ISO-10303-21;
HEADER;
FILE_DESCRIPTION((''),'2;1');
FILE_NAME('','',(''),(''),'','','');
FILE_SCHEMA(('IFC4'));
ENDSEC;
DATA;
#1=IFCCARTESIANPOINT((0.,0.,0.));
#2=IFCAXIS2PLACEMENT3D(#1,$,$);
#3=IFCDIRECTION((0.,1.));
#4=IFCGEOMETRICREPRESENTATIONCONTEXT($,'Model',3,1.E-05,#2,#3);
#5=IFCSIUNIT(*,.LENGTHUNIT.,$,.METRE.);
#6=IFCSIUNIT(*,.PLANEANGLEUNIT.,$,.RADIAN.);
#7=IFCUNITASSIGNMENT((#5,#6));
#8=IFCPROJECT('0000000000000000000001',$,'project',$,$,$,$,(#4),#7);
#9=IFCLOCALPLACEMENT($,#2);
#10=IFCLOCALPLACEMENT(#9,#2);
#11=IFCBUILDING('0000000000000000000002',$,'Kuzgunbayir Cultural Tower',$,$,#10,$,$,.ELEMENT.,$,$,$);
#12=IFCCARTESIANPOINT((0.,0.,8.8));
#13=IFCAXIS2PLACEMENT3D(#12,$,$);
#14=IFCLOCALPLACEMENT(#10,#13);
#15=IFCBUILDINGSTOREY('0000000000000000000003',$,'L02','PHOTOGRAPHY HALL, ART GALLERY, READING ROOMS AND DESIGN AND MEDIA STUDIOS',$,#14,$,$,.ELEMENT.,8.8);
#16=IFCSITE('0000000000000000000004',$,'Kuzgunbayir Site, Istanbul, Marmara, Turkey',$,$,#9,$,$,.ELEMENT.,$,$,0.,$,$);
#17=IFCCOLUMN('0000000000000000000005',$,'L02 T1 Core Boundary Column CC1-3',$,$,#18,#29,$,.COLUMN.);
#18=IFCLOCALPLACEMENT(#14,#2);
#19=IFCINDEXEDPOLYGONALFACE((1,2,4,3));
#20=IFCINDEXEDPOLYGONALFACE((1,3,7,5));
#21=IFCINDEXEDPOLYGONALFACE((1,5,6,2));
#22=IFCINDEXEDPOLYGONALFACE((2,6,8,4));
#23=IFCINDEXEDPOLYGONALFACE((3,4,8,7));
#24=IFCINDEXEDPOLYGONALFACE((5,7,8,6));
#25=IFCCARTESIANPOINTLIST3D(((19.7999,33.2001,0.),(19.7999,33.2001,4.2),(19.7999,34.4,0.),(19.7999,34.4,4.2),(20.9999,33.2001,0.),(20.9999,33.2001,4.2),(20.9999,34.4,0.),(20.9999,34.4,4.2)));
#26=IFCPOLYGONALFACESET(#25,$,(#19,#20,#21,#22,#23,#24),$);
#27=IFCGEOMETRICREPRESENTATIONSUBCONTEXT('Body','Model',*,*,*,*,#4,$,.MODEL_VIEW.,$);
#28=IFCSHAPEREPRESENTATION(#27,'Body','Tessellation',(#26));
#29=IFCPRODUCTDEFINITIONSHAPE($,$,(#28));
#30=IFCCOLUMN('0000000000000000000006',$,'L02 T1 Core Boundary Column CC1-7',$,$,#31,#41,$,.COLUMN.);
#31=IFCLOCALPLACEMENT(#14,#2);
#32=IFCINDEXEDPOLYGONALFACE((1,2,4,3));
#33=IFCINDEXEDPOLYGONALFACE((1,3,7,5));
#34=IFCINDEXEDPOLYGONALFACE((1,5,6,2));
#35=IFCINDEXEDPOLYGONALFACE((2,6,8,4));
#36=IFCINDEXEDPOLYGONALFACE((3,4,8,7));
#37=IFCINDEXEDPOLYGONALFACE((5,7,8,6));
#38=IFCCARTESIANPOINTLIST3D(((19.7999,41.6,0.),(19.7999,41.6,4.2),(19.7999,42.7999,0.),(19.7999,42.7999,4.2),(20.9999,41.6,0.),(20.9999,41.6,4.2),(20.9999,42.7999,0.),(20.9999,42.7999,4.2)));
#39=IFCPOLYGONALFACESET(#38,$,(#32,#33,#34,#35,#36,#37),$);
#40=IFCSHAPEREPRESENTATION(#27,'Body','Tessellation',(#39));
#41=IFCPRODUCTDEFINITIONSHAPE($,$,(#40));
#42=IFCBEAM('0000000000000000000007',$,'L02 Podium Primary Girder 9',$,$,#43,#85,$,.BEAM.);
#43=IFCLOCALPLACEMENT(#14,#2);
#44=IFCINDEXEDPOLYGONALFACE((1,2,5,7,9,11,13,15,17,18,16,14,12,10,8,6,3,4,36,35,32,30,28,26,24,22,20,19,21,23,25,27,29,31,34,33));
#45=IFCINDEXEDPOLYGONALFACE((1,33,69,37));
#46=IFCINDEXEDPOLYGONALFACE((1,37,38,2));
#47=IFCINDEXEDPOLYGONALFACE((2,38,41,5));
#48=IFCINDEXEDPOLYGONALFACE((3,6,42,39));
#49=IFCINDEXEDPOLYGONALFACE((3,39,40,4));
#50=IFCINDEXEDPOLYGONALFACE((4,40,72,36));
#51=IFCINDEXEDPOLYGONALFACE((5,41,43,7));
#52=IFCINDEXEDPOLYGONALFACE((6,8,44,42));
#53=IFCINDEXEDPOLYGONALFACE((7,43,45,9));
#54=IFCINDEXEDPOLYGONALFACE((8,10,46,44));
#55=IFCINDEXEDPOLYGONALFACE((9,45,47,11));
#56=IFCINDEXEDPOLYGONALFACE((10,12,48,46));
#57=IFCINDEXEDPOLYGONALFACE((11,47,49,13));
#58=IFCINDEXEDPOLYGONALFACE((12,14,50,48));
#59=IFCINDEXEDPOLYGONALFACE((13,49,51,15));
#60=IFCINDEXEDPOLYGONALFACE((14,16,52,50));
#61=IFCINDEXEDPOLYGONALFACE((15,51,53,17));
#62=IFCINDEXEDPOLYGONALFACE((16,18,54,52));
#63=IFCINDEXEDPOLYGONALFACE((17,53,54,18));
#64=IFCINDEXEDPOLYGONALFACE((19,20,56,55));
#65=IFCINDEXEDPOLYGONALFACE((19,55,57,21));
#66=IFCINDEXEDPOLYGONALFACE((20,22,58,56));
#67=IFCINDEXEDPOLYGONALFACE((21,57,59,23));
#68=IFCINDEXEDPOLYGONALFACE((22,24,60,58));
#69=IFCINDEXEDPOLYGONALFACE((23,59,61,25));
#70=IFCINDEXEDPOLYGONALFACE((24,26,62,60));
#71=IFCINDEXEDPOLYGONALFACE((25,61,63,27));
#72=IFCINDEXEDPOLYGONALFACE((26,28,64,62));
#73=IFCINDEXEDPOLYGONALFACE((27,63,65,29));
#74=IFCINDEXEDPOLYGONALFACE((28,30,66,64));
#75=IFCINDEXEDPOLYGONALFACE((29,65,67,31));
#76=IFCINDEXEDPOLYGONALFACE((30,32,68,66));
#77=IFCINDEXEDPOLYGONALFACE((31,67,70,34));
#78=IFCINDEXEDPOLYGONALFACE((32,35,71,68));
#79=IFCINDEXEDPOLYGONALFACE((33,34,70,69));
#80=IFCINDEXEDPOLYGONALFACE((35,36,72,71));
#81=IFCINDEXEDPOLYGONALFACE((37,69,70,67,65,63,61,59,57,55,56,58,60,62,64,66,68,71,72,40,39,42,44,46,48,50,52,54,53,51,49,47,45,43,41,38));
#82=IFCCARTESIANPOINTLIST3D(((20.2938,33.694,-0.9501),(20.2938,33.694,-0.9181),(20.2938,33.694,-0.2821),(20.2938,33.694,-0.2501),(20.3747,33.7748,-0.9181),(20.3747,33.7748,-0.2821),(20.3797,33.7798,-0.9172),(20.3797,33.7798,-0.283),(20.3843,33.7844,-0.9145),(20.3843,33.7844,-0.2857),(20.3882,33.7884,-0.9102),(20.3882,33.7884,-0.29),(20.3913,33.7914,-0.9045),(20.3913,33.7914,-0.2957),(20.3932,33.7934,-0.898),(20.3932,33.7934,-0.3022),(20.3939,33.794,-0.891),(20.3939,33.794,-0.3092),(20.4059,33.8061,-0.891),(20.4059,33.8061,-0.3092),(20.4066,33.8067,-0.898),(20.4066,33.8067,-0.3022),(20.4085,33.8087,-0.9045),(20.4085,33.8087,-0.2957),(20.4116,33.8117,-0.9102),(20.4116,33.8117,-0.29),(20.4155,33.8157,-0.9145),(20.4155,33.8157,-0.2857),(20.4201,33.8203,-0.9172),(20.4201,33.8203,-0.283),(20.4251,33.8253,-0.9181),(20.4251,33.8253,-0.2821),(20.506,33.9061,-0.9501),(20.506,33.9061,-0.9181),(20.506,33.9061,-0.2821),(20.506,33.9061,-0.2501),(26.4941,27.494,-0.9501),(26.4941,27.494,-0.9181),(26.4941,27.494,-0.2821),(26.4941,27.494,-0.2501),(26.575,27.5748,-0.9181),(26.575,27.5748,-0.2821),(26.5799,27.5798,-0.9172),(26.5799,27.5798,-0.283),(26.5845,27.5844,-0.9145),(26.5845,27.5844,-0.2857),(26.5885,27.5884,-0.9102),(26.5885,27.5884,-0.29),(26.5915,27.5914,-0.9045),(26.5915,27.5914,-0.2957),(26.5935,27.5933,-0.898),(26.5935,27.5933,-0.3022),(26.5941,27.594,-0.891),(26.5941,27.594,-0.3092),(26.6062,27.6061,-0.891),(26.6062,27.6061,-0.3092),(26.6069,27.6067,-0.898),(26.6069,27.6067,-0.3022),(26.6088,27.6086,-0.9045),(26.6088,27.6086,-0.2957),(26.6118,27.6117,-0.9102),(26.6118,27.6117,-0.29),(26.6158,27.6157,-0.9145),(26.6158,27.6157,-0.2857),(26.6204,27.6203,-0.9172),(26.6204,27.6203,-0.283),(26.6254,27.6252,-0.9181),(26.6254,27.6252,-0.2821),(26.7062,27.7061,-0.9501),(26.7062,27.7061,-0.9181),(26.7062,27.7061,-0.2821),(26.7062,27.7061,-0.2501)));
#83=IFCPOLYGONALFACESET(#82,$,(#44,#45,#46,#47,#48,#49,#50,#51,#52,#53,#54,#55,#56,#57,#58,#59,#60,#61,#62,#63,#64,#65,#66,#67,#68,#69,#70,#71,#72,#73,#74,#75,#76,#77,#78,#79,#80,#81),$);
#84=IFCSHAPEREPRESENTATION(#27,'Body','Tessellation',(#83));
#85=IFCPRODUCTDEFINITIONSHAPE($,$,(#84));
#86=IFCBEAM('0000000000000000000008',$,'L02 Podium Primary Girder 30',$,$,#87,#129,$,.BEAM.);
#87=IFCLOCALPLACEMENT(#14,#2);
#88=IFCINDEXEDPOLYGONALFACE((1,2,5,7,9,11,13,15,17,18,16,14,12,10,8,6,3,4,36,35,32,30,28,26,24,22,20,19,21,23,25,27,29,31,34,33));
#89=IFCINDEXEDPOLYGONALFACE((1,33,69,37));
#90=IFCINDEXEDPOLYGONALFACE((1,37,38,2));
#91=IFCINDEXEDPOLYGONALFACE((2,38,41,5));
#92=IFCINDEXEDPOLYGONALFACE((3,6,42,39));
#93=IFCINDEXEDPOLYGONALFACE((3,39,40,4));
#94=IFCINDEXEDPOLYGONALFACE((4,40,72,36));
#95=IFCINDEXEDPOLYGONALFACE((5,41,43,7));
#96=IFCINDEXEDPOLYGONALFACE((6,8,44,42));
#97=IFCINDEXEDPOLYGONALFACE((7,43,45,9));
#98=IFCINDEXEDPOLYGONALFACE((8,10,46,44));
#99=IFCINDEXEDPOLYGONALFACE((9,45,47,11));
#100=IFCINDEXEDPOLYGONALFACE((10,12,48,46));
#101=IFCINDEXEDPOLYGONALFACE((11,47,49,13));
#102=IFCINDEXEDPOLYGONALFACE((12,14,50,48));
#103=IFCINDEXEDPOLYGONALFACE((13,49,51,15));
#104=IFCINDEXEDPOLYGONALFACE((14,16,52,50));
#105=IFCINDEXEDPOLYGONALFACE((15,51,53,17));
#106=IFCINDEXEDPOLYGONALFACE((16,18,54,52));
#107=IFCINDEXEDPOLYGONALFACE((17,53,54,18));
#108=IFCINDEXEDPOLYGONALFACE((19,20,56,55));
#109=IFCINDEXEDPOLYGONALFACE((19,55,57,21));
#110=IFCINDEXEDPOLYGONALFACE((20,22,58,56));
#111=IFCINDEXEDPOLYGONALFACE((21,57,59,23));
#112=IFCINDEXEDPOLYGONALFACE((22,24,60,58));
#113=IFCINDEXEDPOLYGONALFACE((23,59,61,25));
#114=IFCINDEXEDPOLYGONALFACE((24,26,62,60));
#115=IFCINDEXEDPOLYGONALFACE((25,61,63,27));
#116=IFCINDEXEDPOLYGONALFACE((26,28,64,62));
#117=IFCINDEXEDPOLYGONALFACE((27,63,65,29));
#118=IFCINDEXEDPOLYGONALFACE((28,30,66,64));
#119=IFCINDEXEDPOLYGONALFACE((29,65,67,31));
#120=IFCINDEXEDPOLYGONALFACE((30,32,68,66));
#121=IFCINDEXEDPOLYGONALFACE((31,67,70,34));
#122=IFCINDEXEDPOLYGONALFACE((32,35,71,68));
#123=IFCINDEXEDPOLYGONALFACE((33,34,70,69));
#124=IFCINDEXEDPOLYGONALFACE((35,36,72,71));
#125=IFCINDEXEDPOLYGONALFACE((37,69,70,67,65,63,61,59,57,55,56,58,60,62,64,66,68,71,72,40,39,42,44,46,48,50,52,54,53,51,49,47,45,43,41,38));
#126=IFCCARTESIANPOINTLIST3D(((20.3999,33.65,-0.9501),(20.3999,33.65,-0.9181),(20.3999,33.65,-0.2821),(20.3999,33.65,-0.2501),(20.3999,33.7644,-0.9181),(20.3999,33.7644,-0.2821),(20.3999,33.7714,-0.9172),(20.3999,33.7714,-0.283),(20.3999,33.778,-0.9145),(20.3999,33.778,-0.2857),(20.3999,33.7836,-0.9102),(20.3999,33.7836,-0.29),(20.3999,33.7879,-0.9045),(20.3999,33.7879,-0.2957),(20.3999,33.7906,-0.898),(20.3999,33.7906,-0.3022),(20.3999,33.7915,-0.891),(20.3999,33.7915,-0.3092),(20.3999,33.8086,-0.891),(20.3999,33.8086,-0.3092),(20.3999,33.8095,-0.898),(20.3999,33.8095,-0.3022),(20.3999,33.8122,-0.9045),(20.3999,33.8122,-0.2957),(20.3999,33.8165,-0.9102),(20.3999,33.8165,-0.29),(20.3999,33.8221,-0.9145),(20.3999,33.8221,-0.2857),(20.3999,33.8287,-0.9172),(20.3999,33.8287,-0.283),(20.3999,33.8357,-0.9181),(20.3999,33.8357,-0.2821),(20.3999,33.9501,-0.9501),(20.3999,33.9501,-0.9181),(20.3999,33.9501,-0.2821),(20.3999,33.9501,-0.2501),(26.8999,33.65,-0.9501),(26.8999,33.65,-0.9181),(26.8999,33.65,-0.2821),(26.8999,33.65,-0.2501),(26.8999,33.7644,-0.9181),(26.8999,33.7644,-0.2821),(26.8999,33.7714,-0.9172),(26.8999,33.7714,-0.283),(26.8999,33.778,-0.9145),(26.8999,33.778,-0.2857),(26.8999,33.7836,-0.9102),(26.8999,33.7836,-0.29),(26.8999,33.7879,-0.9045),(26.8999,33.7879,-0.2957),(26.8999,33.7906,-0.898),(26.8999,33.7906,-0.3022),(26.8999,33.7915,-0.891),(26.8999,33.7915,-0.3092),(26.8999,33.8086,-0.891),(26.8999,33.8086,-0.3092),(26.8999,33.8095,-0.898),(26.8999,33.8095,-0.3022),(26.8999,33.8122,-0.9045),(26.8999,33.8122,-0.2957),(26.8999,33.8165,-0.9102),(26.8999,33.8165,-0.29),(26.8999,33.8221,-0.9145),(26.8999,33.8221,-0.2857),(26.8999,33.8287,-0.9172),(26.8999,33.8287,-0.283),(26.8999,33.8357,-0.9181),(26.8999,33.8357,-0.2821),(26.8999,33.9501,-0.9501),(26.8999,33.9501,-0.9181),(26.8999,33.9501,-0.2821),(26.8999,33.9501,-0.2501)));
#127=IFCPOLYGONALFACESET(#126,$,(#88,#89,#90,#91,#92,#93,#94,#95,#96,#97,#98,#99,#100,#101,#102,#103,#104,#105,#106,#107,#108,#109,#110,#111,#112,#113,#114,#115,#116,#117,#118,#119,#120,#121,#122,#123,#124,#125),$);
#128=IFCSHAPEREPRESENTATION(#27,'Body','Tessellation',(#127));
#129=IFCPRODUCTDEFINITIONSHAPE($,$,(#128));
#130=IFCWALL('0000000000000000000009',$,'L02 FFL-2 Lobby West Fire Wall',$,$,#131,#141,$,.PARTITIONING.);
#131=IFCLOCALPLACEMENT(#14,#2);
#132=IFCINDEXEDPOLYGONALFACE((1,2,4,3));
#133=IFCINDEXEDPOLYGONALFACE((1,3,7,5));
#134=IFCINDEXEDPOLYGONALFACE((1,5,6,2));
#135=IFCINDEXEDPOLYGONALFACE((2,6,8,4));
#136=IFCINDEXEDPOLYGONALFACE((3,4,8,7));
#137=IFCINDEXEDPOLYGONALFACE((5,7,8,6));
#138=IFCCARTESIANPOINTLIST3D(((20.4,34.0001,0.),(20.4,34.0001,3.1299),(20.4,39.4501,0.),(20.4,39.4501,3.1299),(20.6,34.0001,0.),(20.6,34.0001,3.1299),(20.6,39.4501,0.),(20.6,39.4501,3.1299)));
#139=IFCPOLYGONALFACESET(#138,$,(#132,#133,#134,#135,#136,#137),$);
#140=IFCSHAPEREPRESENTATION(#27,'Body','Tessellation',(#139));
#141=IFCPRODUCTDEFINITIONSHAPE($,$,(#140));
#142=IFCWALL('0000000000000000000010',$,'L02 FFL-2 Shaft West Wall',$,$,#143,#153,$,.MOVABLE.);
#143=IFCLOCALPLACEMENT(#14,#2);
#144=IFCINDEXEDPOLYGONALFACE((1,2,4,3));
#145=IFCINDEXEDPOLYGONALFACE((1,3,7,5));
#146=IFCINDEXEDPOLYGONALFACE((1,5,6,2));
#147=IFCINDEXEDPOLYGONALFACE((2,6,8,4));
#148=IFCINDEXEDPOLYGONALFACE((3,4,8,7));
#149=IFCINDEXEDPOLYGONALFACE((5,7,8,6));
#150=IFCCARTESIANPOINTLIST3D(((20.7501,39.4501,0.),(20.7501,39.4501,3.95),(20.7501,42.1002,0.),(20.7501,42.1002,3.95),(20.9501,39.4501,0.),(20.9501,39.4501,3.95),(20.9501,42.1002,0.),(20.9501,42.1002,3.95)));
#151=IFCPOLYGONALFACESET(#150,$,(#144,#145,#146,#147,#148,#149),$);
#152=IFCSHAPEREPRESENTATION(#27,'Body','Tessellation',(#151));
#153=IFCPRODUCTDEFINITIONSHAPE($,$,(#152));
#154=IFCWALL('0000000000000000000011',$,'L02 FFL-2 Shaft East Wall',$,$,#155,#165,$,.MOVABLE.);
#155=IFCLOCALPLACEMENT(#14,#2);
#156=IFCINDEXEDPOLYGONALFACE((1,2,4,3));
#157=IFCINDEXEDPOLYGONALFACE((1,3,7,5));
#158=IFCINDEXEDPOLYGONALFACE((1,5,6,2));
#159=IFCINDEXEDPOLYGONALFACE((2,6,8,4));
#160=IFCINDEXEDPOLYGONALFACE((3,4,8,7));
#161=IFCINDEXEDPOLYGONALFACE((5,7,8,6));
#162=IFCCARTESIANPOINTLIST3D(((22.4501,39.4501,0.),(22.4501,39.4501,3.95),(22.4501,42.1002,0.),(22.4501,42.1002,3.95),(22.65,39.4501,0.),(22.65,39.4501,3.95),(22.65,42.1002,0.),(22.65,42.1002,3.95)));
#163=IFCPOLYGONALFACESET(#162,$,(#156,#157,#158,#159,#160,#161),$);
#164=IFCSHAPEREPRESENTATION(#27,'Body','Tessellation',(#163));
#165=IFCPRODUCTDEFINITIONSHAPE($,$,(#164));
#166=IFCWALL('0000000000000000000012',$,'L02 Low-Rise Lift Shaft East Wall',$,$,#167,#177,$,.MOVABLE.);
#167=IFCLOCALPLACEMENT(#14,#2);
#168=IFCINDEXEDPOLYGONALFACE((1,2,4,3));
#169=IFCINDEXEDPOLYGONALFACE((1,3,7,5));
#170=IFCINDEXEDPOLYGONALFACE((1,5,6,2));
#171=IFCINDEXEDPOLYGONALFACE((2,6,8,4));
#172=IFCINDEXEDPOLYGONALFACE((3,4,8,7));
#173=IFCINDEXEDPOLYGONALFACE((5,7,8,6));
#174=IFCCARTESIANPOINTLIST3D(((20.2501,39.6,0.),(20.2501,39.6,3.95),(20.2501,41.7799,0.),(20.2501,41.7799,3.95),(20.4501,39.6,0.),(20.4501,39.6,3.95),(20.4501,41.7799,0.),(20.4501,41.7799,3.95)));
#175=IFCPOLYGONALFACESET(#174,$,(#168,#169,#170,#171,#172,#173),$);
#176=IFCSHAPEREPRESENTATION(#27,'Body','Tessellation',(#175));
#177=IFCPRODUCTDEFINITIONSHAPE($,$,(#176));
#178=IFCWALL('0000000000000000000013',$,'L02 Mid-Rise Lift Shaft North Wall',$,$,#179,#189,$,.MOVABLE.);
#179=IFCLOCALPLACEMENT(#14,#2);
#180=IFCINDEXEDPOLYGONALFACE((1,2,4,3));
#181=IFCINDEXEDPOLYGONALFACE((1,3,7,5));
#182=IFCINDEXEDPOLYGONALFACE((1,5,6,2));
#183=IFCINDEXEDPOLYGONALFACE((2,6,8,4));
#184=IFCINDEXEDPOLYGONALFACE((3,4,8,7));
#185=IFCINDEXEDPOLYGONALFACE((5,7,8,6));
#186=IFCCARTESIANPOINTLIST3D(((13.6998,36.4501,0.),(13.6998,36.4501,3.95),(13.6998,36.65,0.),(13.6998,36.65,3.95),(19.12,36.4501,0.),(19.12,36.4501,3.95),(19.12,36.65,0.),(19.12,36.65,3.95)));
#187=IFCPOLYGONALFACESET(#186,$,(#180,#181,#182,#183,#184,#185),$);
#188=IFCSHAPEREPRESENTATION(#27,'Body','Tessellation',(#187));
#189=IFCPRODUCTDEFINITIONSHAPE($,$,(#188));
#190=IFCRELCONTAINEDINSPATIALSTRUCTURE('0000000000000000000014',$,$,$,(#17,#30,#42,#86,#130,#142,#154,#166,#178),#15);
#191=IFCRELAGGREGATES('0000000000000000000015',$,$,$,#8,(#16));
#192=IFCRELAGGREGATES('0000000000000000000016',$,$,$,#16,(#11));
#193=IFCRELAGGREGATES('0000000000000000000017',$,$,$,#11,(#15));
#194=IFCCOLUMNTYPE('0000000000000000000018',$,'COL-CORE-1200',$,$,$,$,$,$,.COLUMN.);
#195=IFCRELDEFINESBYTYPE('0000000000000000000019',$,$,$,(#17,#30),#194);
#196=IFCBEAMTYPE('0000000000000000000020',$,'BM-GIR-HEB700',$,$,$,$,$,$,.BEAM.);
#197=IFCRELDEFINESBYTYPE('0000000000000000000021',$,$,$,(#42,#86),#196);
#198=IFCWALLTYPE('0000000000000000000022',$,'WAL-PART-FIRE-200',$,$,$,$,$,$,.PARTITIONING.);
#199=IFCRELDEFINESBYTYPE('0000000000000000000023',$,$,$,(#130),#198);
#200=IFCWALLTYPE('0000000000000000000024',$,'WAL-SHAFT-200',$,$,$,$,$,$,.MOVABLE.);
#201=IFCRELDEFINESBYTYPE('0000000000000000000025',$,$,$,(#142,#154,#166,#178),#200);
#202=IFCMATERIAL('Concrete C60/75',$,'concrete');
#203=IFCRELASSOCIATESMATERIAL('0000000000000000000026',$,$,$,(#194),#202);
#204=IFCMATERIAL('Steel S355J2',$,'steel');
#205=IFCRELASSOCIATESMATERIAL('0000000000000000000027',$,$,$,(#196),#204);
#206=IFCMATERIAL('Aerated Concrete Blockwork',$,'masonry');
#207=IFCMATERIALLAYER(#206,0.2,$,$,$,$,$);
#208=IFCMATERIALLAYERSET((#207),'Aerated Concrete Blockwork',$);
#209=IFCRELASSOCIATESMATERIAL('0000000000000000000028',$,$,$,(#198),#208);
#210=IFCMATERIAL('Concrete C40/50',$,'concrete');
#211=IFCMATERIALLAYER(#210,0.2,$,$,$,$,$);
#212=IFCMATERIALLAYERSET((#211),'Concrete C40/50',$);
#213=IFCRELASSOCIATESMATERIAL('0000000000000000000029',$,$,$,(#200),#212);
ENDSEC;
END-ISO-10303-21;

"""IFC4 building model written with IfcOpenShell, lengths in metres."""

from ifc_helpers import new_model, si_unit, direction, frame, frame_2d, origin, origin_2d, place, context, subcontext, project, spatial, rectangle, i_section, extrude, material, layer, layer_set, material_profile, profile_set, type_object, element, save


model = new_model("IFC4")

# Units and contexts
model_context = context("Model", 3, precision=1e-05, world=origin(), true_north=direction((0.0, 1.0)))
body_context = subcontext(model_context, "Body", "Model", "MODEL_VIEW")
ifc_project = project(units=[si_unit("LENGTHUNIT", "METRE"), si_unit("PLANEANGLEUNIT", "RADIAN")], contexts=[model_context])

# Site, building, storey
site_placement = place(None, origin())
site = spatial("IfcSite", under=ifc_project, at=site_placement, Name="Kuzgunbayir Site, Istanbul, Marmara, Turkey", CompositionType="ELEMENT", RefElevation=0.0)
building_placement = place(site_placement, origin())
building = spatial("IfcBuilding", under=site, at=building_placement, Name="Kuzgunbayir Cultural Tower", CompositionType="ELEMENT")
storey_placement = place(building_placement, frame((0.0, 0.0, 8.8)))
storey = spatial("IfcBuildingStorey", under=building, at=storey_placement, Name="L02", Description="PHOTOGRAPHY HALL, ART GALLERY, READING ROOMS AND DESIGN AND MEDIA STUDIOS", CompositionType="ELEMENT", Elevation=8.8)

# Columns
ifc_material_1 = material(Name="Concrete C60/75", Category="concrete")
ifc_material_profile_1 = material_profile(ifc_material_1, rectangle(XDim=1.2, YDim=1.2, at=origin_2d()), Name="RC 1200x1200")
ifc_profile_set_1 = profile_set([ifc_material_profile_1], Name="Concrete C60/75")
column_type = type_object("IfcColumnType", Name="COL-CORE-1200", PredefinedType="COLUMN", material=ifc_profile_set_1)
for number, where, z_axis, x_axis, name in (
    (1, (20.3999, 33.8, 0.0), (0.0, 0.0, 1.0), (1.0, 0.0, 0.0), "L02 T1 Core Boundary Column CC1-3"),
    (2, (20.3999, 42.2, 0.0), (0.0, 0.0, 1.0), (1.0, 0.0, 0.0), "L02 T1 Core Boundary Column CC1-7"),
):
    element("IfcColumn", number, at=place(storey_placement, frame(where, z_axis=z_axis, x_axis=x_axis)), inside=storey, type_object=column_type, Name=name, PredefinedType="COLUMN", context=body_context, shape_type="SweptSolid", body=[
        extrude(rectangle(XDim=1.2, YDim=1.2, at=origin_2d()), origin(), (0.0, 0.0, 1.0), 4.2),
    ])

# Beams
ifc_material_2 = material(Name="Steel S355J2", Category="steel")
ifc_material_profile_2 = material_profile(ifc_material_2, i_section(OverallWidth=0.3, OverallDepth=0.7, WebThickness=0.0171, FlangeThickness=0.032, FilletRadius=0.0271, at=origin_2d()), Name="HEB 700")
ifc_profile_set_2 = profile_set([ifc_material_profile_2], Name="Steel S355J2")
beam_type = type_object("IfcBeamType", Name="BM-GIR-HEB700", PredefinedType="BEAM", material=ifc_profile_set_2)
beam_1_placement = place(storey_placement, frame((20.3999, 33.8, -0.6001), z_axis=(0.707121, -0.707093, 0.0), x_axis=(0.707093, 0.707121, 0.0)))
element("IfcBeam", 3, at=beam_1_placement, inside=storey, type_object=beam_type, Name="L02 Podium Primary Girder 9", PredefinedType="BEAM", context=body_context, shape_type="SweptSolid", body=[
    extrude(i_section(OverallWidth=0.3, OverallDepth=0.7, WebThickness=0.0171, FlangeThickness=0.032, FilletRadius=0.0271, at=origin_2d()), origin(), (0.0, 0.0, 1.0), 8.7683),
])
beam_2_placement = place(storey_placement, frame((20.3999, 33.8, -0.6001), z_axis=(1.0, 0.0, 0.0), x_axis=(0.0, 1.0, 0.0)))
element("IfcBeam", 4, at=beam_2_placement, inside=storey, type_object=beam_type, Name="L02 Podium Primary Girder 30", PredefinedType="BEAM", context=body_context, shape_type="SweptSolid", body=[
    extrude(i_section(OverallWidth=0.3, OverallDepth=0.7, WebThickness=0.0171, FlangeThickness=0.032, FilletRadius=0.0271, at=origin_2d()), origin(), (0.0, 0.0, 1.0), 6.5),
])

# Wall
ifc_material_3 = material(Name="Aerated Concrete Blockwork", Category="masonry")
ifc_layer_1 = layer(ifc_material_3, 0.2)
ifc_layer_set_1 = layer_set([ifc_layer_1], Name="Aerated Concrete Blockwork")
wall_type_1 = type_object("IfcWallType", Name="WAL-PART-FIRE-200", PredefinedType="PARTITIONING", material=ifc_layer_set_1)
wall_1_placement = place(storey_placement, frame((20.5, 34.0, 0.0), z_axis=(0.0, 0.0, 1.0), x_axis=(0.0, 1.0, 0.0)))
element("IfcWall", 5, at=wall_1_placement, inside=storey, type_object=wall_type_1, Name="L02 FFL-2 Lobby West Fire Wall", PredefinedType="PARTITIONING", context=body_context, shape_type="SweptSolid", body=[
    extrude(rectangle(XDim=5.45, YDim=0.2, at=frame_2d((2.7251, 0.0))), origin(), (0.0, 0.0, 1.0), 3.1299),
])

# Shared definitions
ifc_material_4 = material(Name="Concrete C40/50", Category="concrete")
ifc_layer_2 = layer(ifc_material_4, 0.2)
ifc_layer_set_2 = layer_set([ifc_layer_2], Name="Concrete C40/50")
wall_type_2 = type_object("IfcWallType", Name="WAL-SHAFT-200", PredefinedType="MOVABLE", material=ifc_layer_set_2)

# Walls
for number, where, z_axis, x_axis, name in (
    (6, (20.8501, 39.45, 0.0), (0.0, 0.0, 1.0), (0.0, 1.0, 0.0), "L02 FFL-2 Shaft West Wall"),
    (7, (22.55, 39.45, 0.0), (0.0, 0.0, 1.0), (0.0, 1.0, 0.0), "L02 FFL-2 Shaft East Wall"),
):
    element("IfcWall", number, at=place(storey_placement, frame(where, z_axis=z_axis, x_axis=x_axis)), inside=storey, type_object=wall_type_2, Name=name, PredefinedType="MOVABLE", context=body_context, shape_type="SweptSolid", body=[
        extrude(rectangle(XDim=2.6501, YDim=0.2, at=frame_2d((1.3252, 0.0))), origin(), (0.0, 0.0, 1.0), 3.95),
    ])
wall_2_placement = place(storey_placement, frame((20.3501, 39.6001, 0.0), z_axis=(0.0, 0.0, 1.0), x_axis=(0.0, 1.0, 0.0)))
element("IfcWall", 8, at=wall_2_placement, inside=storey, type_object=wall_type_2, Name="L02 Low-Rise Lift Shaft East Wall", PredefinedType="MOVABLE", context=body_context, shape_type="SweptSolid", body=[
    extrude(rectangle(XDim=2.1799, YDim=0.2, at=frame_2d((1.0898, 0.0))), origin(), (0.0, 0.0, 1.0), 3.95),
])
wall_3_placement = place(storey_placement, frame((13.7, 36.55, 0.0), z_axis=(0.0, 0.0, 1.0), x_axis=(1.0, 0.0, 0.0)))
element("IfcWall", 9, at=wall_3_placement, inside=storey, type_object=wall_type_2, Name="L02 Mid-Rise Lift Shaft North Wall", PredefinedType="MOVABLE", context=body_context, shape_type="SweptSolid", body=[
    extrude(rectangle(XDim=5.4202, YDim=0.2, at=frame_2d((2.71, 0.0))), origin(), (0.0, 0.0, 1.0), 3.95),
])

save(model, "model.ifc")
